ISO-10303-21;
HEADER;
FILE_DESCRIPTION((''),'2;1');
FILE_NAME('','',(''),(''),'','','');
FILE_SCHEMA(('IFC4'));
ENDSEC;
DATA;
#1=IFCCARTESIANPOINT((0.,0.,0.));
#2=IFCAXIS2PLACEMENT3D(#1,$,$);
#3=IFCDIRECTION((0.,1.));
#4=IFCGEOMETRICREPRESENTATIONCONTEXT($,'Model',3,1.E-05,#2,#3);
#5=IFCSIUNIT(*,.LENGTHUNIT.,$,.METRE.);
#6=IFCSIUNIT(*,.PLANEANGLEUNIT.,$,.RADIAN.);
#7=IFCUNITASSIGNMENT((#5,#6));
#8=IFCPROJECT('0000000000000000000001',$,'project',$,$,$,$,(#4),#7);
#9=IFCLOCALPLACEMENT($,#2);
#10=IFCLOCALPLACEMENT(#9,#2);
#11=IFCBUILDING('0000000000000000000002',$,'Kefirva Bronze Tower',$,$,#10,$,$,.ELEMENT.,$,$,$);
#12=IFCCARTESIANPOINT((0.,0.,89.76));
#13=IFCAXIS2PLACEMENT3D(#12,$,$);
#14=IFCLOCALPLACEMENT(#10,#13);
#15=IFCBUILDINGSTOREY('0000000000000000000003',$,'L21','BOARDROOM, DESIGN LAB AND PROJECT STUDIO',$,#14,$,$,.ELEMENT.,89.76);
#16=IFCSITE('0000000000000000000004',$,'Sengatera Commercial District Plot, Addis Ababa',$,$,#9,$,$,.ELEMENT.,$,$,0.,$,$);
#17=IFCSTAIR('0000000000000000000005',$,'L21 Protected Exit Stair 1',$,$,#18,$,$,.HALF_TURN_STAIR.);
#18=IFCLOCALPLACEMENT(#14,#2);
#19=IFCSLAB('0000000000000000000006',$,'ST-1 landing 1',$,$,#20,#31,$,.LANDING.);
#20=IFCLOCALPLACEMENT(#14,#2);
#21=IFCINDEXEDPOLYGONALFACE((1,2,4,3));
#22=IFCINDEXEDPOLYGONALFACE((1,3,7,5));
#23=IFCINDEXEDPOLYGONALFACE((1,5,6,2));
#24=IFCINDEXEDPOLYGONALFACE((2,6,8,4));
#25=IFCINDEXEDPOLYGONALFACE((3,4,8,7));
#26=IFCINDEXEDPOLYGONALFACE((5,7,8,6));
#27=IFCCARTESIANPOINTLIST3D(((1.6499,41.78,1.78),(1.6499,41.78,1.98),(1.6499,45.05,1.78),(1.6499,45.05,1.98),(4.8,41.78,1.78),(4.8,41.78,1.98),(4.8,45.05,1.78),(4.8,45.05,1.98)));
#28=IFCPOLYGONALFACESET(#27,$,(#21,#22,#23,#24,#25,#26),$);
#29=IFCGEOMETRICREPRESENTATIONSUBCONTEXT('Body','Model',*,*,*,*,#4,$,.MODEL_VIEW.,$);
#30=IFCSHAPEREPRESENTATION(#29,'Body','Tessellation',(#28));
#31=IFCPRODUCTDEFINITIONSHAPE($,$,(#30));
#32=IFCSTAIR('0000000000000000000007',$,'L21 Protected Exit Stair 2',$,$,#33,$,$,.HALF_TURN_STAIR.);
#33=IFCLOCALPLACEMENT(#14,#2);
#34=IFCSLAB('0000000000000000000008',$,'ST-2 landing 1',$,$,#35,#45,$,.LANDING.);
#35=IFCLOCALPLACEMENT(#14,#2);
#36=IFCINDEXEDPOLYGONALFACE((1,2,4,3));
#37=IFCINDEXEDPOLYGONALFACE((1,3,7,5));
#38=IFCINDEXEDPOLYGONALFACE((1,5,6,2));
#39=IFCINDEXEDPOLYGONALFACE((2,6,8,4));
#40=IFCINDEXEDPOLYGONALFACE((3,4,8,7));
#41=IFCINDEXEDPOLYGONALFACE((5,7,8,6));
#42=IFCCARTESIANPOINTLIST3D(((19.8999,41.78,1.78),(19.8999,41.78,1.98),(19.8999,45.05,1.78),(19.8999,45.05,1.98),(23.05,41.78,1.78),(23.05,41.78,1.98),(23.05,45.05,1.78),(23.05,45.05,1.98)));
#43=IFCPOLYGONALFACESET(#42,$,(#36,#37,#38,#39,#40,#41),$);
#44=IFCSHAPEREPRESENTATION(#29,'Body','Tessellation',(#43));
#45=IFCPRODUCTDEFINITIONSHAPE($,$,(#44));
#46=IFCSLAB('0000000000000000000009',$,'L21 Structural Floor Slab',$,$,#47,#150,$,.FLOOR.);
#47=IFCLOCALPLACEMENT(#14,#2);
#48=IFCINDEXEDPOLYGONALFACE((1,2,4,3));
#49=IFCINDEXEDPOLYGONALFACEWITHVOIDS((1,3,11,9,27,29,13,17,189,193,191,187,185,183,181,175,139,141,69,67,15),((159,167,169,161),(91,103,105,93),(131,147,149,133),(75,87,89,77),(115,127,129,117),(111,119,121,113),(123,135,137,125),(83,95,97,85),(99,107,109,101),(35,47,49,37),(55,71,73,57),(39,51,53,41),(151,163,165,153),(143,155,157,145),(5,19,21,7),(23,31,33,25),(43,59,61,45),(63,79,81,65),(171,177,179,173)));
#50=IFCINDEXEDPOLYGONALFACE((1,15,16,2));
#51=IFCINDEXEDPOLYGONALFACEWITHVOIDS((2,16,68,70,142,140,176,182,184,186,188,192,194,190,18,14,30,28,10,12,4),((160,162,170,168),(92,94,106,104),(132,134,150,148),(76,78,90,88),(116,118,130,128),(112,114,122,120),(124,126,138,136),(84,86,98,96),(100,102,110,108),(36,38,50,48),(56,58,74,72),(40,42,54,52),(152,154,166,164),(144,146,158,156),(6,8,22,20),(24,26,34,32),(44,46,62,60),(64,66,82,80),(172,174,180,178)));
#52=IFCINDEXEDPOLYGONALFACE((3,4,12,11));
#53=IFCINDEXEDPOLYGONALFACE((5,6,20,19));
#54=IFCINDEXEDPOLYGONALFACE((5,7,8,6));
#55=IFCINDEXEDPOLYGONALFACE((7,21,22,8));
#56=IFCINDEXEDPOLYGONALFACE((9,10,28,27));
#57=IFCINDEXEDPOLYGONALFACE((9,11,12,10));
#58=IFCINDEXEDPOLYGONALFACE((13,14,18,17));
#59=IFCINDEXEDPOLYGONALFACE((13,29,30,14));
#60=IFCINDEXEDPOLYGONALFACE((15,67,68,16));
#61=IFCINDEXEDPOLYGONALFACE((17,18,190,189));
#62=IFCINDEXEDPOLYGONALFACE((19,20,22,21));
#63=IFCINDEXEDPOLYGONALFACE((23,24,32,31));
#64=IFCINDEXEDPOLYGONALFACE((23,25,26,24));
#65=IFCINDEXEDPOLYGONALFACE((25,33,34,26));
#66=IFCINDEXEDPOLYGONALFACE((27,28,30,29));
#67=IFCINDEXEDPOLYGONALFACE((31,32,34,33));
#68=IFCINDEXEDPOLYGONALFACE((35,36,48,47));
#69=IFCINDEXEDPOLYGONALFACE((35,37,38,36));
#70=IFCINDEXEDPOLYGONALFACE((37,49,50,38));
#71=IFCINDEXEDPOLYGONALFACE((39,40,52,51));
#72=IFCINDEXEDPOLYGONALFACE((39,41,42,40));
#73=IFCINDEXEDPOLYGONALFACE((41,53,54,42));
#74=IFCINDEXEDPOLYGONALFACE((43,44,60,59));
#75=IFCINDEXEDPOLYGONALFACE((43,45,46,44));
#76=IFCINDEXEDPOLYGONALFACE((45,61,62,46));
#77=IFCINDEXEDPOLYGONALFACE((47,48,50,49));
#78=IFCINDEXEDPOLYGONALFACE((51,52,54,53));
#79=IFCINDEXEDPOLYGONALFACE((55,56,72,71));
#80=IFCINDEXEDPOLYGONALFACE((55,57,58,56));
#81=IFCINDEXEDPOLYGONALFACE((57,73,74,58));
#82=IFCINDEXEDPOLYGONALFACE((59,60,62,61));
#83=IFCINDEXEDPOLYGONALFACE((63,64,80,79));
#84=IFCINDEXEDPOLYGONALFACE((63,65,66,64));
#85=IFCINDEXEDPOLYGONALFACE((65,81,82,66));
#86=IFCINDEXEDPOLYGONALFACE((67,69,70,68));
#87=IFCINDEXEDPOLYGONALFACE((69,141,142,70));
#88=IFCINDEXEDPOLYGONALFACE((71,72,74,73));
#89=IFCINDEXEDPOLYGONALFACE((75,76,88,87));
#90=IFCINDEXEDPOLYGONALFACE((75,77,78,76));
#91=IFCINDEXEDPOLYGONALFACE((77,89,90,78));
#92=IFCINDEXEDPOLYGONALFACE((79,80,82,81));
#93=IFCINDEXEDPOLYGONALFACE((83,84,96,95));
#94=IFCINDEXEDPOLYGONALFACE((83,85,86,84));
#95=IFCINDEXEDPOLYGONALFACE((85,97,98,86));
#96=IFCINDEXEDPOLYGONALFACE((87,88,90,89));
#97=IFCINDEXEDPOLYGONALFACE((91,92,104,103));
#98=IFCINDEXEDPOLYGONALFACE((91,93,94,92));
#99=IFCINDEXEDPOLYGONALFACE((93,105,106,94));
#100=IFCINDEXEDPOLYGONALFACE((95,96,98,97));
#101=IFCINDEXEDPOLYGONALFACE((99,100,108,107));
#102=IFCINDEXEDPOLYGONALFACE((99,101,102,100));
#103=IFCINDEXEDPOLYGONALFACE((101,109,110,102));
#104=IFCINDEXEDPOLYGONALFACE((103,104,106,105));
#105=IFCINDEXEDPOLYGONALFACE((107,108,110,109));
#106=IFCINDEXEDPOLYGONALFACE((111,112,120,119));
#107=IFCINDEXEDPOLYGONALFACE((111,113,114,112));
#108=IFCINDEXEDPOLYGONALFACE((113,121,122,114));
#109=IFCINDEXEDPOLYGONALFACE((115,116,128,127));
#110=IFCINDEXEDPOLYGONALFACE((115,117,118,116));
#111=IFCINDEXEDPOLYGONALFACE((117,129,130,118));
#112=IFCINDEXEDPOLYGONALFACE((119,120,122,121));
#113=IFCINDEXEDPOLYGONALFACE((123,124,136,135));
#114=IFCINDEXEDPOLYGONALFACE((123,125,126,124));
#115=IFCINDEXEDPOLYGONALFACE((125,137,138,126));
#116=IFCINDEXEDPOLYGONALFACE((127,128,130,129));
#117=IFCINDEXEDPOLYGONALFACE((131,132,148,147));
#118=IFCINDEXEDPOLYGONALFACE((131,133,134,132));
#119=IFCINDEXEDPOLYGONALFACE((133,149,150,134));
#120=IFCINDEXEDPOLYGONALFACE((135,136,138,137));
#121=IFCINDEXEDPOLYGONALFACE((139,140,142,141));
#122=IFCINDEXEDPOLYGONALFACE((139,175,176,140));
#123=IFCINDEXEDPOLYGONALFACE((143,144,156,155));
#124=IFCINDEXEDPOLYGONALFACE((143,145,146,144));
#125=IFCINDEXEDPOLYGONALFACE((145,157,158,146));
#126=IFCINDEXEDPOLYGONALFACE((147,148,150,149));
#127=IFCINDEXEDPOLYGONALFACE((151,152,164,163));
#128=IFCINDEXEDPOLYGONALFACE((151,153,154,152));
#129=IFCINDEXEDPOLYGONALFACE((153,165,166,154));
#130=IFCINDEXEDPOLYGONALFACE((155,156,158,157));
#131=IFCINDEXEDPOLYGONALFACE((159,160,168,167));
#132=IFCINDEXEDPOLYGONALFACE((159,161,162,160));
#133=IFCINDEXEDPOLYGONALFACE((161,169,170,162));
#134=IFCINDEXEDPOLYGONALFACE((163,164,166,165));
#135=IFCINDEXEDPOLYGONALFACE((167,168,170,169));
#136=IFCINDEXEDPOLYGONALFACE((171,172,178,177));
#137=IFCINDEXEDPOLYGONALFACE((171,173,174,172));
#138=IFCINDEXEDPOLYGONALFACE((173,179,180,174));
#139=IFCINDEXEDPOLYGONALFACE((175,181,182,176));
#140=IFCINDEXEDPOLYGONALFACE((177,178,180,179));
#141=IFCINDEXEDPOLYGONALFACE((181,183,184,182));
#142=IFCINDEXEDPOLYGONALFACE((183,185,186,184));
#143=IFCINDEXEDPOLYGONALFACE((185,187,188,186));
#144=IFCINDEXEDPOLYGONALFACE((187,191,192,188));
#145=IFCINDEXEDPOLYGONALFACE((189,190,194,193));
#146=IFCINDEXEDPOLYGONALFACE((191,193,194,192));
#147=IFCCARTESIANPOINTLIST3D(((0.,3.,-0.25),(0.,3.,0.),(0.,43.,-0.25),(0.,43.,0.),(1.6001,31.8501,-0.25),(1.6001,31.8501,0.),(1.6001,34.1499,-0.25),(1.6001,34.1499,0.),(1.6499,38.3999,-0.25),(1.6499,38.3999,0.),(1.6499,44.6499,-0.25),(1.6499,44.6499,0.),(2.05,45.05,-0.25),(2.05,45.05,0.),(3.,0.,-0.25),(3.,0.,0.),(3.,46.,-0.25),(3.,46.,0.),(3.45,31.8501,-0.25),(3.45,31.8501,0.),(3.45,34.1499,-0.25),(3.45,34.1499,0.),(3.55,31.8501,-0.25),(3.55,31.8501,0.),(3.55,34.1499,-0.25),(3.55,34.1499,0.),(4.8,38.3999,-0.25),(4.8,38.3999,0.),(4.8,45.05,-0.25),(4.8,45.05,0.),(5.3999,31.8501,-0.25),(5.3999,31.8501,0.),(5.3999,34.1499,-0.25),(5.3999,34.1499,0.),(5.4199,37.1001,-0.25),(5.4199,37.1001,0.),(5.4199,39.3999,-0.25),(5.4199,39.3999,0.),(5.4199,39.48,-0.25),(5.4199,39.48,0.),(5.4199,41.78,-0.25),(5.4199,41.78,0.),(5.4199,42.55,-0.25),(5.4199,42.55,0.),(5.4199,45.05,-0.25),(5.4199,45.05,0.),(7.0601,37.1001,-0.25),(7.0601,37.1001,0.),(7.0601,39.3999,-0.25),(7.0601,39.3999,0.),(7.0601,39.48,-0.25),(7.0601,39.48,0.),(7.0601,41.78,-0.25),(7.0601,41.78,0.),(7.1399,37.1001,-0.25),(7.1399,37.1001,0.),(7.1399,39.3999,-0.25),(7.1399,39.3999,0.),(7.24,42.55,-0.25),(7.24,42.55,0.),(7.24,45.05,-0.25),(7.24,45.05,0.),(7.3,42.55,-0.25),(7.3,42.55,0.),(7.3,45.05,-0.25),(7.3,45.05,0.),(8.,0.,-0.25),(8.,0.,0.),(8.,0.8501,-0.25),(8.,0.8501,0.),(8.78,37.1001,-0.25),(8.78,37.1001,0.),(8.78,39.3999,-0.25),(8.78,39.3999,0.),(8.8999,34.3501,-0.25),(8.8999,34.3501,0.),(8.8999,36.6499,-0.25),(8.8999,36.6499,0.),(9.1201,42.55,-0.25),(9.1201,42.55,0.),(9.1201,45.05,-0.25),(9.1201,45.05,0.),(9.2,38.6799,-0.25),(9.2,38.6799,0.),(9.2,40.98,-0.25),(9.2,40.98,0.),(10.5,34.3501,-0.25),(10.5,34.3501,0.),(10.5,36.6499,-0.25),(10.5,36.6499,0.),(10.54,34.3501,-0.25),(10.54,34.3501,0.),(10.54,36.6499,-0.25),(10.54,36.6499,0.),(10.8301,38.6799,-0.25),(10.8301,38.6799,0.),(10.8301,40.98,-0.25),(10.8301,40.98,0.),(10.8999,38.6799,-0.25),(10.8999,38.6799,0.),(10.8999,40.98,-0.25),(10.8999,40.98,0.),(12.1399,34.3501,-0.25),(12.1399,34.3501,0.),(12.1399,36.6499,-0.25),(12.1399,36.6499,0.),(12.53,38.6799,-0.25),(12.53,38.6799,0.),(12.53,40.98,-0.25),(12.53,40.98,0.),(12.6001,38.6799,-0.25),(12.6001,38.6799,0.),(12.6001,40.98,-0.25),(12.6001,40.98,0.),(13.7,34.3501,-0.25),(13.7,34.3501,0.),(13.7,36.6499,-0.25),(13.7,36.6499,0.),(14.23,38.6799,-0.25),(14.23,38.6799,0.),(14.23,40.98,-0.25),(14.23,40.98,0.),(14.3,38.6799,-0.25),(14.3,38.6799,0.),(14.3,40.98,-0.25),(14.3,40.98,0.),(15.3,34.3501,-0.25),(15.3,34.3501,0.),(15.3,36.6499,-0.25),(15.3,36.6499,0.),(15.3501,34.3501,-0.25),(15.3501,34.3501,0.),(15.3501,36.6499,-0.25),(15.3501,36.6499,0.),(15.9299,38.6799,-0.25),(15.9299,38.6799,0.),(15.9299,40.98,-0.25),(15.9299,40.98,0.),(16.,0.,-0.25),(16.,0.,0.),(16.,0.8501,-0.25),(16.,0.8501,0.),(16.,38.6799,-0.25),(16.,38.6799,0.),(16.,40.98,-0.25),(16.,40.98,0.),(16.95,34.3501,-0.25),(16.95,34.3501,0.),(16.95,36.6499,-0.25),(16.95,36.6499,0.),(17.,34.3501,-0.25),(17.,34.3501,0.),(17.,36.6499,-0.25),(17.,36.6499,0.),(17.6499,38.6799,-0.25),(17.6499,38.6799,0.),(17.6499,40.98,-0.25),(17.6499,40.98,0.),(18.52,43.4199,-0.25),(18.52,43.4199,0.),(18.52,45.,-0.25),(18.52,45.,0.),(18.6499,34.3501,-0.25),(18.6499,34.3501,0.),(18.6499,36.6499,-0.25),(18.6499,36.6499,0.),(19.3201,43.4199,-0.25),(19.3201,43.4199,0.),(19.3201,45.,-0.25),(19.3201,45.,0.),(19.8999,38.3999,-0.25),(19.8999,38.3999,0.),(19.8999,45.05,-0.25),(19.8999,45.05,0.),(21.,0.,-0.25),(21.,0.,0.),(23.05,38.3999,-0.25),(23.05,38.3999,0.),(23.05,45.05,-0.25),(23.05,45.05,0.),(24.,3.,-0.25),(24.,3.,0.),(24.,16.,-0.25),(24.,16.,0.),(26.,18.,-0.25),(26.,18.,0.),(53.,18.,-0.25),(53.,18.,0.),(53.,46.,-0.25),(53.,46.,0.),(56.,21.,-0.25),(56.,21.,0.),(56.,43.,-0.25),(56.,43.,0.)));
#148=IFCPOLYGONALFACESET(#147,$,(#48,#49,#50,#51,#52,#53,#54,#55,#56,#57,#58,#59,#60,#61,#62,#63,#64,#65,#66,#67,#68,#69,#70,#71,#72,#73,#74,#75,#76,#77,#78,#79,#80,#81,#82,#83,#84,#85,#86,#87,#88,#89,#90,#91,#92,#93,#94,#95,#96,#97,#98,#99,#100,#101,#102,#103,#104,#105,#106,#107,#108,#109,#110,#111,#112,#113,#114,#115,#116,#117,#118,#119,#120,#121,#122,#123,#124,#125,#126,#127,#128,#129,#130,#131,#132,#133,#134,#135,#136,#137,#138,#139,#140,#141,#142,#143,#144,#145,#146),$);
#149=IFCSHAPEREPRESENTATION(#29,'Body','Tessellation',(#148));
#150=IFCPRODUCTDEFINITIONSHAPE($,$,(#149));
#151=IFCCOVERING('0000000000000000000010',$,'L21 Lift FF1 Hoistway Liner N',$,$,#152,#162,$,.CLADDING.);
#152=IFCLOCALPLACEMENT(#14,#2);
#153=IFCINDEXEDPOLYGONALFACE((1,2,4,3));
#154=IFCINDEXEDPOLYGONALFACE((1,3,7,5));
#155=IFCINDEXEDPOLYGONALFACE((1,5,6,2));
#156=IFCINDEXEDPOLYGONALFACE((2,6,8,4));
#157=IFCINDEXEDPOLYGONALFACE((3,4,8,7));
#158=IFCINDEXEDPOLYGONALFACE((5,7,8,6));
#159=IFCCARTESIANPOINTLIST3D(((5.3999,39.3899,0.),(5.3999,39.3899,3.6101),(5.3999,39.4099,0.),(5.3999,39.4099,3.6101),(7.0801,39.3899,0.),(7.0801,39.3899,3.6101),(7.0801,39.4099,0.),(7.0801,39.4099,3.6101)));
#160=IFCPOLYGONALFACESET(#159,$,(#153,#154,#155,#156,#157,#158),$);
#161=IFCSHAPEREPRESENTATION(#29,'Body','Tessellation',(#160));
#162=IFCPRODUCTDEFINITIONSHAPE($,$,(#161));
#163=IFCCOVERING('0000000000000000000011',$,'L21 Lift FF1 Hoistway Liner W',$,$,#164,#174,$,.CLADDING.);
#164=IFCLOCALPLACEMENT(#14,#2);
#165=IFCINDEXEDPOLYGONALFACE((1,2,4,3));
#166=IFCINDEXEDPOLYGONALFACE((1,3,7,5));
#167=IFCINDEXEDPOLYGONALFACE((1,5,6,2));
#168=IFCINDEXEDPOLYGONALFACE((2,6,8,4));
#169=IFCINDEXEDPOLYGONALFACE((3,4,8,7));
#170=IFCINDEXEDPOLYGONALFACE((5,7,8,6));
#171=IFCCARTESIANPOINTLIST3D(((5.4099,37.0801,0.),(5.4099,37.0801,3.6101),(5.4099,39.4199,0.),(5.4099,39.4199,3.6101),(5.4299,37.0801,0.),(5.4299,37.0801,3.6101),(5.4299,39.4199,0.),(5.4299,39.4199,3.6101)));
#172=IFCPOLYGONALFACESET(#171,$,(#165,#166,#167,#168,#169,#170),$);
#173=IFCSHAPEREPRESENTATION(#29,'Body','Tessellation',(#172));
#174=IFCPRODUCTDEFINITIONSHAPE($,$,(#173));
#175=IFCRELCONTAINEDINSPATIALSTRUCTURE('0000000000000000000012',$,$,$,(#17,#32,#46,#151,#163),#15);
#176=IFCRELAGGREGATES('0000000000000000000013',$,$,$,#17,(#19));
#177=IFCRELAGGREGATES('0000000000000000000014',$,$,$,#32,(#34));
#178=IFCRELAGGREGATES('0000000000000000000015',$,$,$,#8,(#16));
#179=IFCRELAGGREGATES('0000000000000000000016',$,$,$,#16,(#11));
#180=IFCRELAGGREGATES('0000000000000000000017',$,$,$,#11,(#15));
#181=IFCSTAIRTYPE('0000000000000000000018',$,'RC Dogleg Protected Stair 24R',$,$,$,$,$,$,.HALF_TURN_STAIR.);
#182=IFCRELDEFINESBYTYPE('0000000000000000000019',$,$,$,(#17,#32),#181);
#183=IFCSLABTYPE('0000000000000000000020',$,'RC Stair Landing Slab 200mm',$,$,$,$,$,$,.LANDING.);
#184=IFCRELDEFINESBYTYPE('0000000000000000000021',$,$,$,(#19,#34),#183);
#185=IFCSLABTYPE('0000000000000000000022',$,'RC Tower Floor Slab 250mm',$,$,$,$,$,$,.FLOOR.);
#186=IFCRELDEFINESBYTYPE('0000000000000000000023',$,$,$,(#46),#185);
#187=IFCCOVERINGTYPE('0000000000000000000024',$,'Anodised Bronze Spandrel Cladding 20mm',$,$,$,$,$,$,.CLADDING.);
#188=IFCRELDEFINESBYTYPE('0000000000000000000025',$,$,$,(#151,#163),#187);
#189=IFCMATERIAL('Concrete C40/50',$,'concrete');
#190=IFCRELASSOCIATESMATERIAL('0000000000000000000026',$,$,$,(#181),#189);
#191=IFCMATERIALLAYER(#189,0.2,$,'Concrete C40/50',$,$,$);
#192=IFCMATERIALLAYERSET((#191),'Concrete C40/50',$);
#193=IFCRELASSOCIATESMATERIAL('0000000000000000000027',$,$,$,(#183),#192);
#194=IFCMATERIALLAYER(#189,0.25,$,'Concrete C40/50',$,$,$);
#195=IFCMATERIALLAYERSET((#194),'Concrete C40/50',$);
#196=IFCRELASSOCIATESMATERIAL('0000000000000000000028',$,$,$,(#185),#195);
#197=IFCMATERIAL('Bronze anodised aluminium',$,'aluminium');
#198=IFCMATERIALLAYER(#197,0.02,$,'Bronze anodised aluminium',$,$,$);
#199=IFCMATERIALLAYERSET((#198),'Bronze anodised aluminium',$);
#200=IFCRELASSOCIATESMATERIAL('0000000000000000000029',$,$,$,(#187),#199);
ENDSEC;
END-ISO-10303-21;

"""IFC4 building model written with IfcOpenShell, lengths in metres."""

from ifc_helpers import new_model, si_unit, direction, frame, origin, place, context, subcontext, project, spatial, polyline, outline, extrude, material, layer, layer_set, type_object, element, aggregate, save


model = new_model("IFC4")

# Units and contexts
model_context = context("Model", 3, precision=1e-05, world=origin(), true_north=direction((0.0, 1.0)))
body_context = subcontext(model_context, "Body", "Model", "MODEL_VIEW")
ifc_project = project(units=[si_unit("LENGTHUNIT", "METRE"), si_unit("PLANEANGLEUNIT", "RADIAN")], contexts=[model_context])

# Site, building, storey
site_placement = place(None, origin())
site = spatial("IfcSite", under=ifc_project, at=site_placement, Name="Sengatera Commercial District Plot, Addis Ababa", CompositionType="ELEMENT", RefElevation=0.0)
building_placement = place(site_placement, origin())
building = spatial("IfcBuilding", under=site, at=building_placement, Name="Kefirva Bronze Tower", CompositionType="ELEMENT")
storey_placement = place(building_placement, frame((0.0, 0.0, 89.76)))
storey = spatial("IfcBuildingStorey", under=building, at=storey_placement, Name="L21", Description="BOARDROOM, DESIGN LAB AND PROJECT STUDIO", CompositionType="ELEMENT", Elevation=89.76)

# Stairs, slabs
ifc_material_1 = material(Name="Concrete C40/50", Category="concrete")
stair_type = type_object("IfcStairType", Name="RC Dogleg Protected Stair 24R", PredefinedType="HALF_TURN_STAIR", material=ifc_material_1)
stair_1_placement = place(storey_placement, origin())
stair_1 = element("IfcStair", 1, at=stair_1_placement, inside=storey, type_object=stair_type, Name="L21 Protected Exit Stair 1", PredefinedType="HALF_TURN_STAIR")
ifc_layer_1 = layer(ifc_material_1, 0.2, Name="Concrete C40/50")
ifc_layer_set_1 = layer_set([ifc_layer_1], Name="Concrete C40/50")
slab_type_1 = type_object("IfcSlabType", Name="RC Stair Landing Slab 200mm", PredefinedType="LANDING", material=ifc_layer_set_1)
slab_1_placement = place(storey_placement, frame((0.0, 0.0, 1.78)))
slab_1 = element("IfcSlab", 2, at=slab_1_placement, type_object=slab_type_1, Name="ST-1 landing 1", PredefinedType="LANDING", context=body_context, shape_type="SweptSolid", body=[
    extrude(outline(polyline([(4.8, 41.78), (4.8, 45.05), (1.6499, 45.05), (1.6499, 41.78), (4.8, 41.78)])), origin(), (0.0, 0.0, 1.0), 0.2),
])
aggregate(stair_1, [slab_1])
stair_2_placement = place(storey_placement, origin())
stair_2 = element("IfcStair", 3, at=stair_2_placement, inside=storey, type_object=stair_type, Name="L21 Protected Exit Stair 2", PredefinedType="HALF_TURN_STAIR")
slab_2_placement = place(storey_placement, frame((0.0, 0.0, 1.78)))
slab_2 = element("IfcSlab", 4, at=slab_2_placement, type_object=slab_type_1, Name="ST-2 landing 1", PredefinedType="LANDING", context=body_context, shape_type="SweptSolid", body=[
    extrude(outline(polyline([(23.05, 41.78), (23.05, 45.05), (19.8999, 45.05), (19.8999, 41.78), (23.05, 41.78)])), origin(), (0.0, 0.0, 1.0), 0.2),
])
aggregate(stair_2, [slab_2])

# Slab
ifc_layer_2 = layer(ifc_material_1, 0.25, Name="Concrete C40/50")
ifc_layer_set_2 = layer_set([ifc_layer_2], Name="Concrete C40/50")
slab_type_2 = type_object("IfcSlabType", Name="RC Tower Floor Slab 250mm", PredefinedType="FLOOR", material=ifc_layer_set_2)
slab_3_placement = place(storey_placement, frame((0.0, 0.0, -0.25)))
element("IfcSlab", 5, at=slab_3_placement, inside=storey, type_object=slab_type_2, Name="L21 Structural Floor Slab", PredefinedType="FLOOR", context=body_context, shape_type="SweptSolid", body=[
    extrude(outline(polyline([(0.0, 3.0), (0.0, 43.0), (1.6499, 44.6499), (1.6499, 38.3999), (4.8, 38.3999), (4.8, 45.05), (2.05, 45.05), (3.0, 46.0), (53.0, 46.0), (56.0, 43.0), (56.0, 21.0), (53.0, 18.0), (26.0, 18.0), (24.0, 16.0), (24.0, 3.0), (21.0, 0.0), (16.0, 0.0), (16.0, 0.8501), (8.0, 0.8501), (8.0, 0.0), (3.0, 0.0), (0.0, 3.0)]), holes=[polyline([(19.8999, 38.3999), (23.05, 38.3999), (23.05, 45.05), (19.8999, 45.05), (19.8999, 38.3999)]), polyline([(18.52, 43.4199), (19.3201, 43.4199), (19.3201, 45.0), (18.52, 45.0), (18.52, 43.4199)]), polyline([(17.0, 34.3501), (18.6499, 34.3501), (18.6499, 36.6499), (17.0, 36.6499), (17.0, 34.3501)]), polyline([(17.6499, 38.6799), (17.6499, 40.98), (16.0, 40.98), (16.0, 38.6799), (17.6499, 38.6799)]), polyline([(16.95, 34.3501), (16.95, 36.6499), (15.3501, 36.6499), (15.3501, 34.3501), (16.95, 34.3501)]), polyline([(15.9299, 38.6799), (15.9299, 40.98), (14.3, 40.98), (14.3, 38.6799), (15.9299, 38.6799)]), polyline([(15.3, 34.3501), (15.3, 36.6499), (13.7, 36.6499), (13.7, 34.3501), (15.3, 34.3501)]), polyline([(14.23, 38.6799), (14.23, 40.98), (12.6001, 40.98), (12.6001, 38.6799), (14.23, 38.6799)]), polyline([(10.8999, 38.6799), (12.53, 38.6799), (12.53, 40.98), (10.8999, 40.98), (10.8999, 38.6799)]), polyline([(12.1399, 34.3501), (12.1399, 36.6499), (10.54, 36.6499), (10.54, 34.3501), (12.1399, 34.3501)]), polyline([(10.8301, 38.6799), (10.8301, 40.98), (9.2, 40.98), (9.2, 38.6799), (10.8301, 38.6799)]), polyline([(10.5, 34.3501), (10.5, 36.6499), (8.8999, 36.6499), (8.8999, 34.3501), (10.5, 34.3501)]), polyline([(7.3, 42.55), (9.1201, 42.55), (9.1201, 45.05), (7.3, 45.05), (7.3, 42.55)]), polyline([(7.1399, 37.1001), (8.78, 37.1001), (8.78, 39.3999), (7.1399, 39.3999), (7.1399, 37.1001)]), polyline([(5.4199, 42.55), (7.24, 42.55), (7.24, 45.05), (5.4199, 45.05), (5.4199, 42.55)]), polyline([(7.0601, 39.48), (7.0601, 41.78), (5.4199, 41.78), (5.4199, 39.48), (7.0601, 39.48)]), polyline([(5.4199, 37.1001), (7.0601, 37.1001), (7.0601, 39.3999), (5.4199, 39.3999), (5.4199, 37.1001)]), polyline([(5.3999, 31.8501), (5.3999, 34.1499), (3.55, 34.1499), (3.55, 31.8501), (5.3999, 31.8501)]), polyline([(3.45, 31.8501), (3.45, 34.1499), (1.6001, 34.1499), (1.6001, 31.8501), (3.45, 31.8501)])]), origin(), (0.0, 0.0, 1.0), 0.25),
])

# Coverings
ifc_material_2 = material(Name="Bronze anodised aluminium", Category="aluminium")
ifc_layer_3 = layer(ifc_material_2, 0.02, Name="Bronze anodised aluminium")
ifc_layer_set_3 = layer_set([ifc_layer_3], Name="Bronze anodised aluminium")
covering_type = type_object("IfcCoveringType", Name="Anodised Bronze Spandrel Cladding 20mm", PredefinedType="CLADDING", material=ifc_layer_set_3)
covering_1_placement = place(storey_placement, origin())
element("IfcCovering", 6, at=covering_1_placement, inside=storey, type_object=covering_type, Name="L21 Lift FF1 Hoistway Liner N", PredefinedType="CLADDING", context=body_context, shape_type="SweptSolid", body=[
    extrude(outline(polyline([(5.3999, 39.3899), (7.0801, 39.3899), (7.0801, 39.4099), (5.3999, 39.4099), (5.3999, 39.3899)])), origin(), (0.0, 0.0, 1.0), 3.6101),
])
covering_2_placement = place(storey_placement, origin())
element("IfcCovering", 7, at=covering_2_placement, inside=storey, type_object=covering_type, Name="L21 Lift FF1 Hoistway Liner W", PredefinedType="CLADDING", context=body_context, shape_type="SweptSolid", body=[
    extrude(outline(polyline([(5.4099, 37.0801), (5.4299, 37.0801), (5.4299, 39.4199), (5.4099, 39.4199), (5.4099, 37.0801)])), origin(), (0.0, 0.0, 1.0), 3.6101),
])

save(model, "model.ifc")
